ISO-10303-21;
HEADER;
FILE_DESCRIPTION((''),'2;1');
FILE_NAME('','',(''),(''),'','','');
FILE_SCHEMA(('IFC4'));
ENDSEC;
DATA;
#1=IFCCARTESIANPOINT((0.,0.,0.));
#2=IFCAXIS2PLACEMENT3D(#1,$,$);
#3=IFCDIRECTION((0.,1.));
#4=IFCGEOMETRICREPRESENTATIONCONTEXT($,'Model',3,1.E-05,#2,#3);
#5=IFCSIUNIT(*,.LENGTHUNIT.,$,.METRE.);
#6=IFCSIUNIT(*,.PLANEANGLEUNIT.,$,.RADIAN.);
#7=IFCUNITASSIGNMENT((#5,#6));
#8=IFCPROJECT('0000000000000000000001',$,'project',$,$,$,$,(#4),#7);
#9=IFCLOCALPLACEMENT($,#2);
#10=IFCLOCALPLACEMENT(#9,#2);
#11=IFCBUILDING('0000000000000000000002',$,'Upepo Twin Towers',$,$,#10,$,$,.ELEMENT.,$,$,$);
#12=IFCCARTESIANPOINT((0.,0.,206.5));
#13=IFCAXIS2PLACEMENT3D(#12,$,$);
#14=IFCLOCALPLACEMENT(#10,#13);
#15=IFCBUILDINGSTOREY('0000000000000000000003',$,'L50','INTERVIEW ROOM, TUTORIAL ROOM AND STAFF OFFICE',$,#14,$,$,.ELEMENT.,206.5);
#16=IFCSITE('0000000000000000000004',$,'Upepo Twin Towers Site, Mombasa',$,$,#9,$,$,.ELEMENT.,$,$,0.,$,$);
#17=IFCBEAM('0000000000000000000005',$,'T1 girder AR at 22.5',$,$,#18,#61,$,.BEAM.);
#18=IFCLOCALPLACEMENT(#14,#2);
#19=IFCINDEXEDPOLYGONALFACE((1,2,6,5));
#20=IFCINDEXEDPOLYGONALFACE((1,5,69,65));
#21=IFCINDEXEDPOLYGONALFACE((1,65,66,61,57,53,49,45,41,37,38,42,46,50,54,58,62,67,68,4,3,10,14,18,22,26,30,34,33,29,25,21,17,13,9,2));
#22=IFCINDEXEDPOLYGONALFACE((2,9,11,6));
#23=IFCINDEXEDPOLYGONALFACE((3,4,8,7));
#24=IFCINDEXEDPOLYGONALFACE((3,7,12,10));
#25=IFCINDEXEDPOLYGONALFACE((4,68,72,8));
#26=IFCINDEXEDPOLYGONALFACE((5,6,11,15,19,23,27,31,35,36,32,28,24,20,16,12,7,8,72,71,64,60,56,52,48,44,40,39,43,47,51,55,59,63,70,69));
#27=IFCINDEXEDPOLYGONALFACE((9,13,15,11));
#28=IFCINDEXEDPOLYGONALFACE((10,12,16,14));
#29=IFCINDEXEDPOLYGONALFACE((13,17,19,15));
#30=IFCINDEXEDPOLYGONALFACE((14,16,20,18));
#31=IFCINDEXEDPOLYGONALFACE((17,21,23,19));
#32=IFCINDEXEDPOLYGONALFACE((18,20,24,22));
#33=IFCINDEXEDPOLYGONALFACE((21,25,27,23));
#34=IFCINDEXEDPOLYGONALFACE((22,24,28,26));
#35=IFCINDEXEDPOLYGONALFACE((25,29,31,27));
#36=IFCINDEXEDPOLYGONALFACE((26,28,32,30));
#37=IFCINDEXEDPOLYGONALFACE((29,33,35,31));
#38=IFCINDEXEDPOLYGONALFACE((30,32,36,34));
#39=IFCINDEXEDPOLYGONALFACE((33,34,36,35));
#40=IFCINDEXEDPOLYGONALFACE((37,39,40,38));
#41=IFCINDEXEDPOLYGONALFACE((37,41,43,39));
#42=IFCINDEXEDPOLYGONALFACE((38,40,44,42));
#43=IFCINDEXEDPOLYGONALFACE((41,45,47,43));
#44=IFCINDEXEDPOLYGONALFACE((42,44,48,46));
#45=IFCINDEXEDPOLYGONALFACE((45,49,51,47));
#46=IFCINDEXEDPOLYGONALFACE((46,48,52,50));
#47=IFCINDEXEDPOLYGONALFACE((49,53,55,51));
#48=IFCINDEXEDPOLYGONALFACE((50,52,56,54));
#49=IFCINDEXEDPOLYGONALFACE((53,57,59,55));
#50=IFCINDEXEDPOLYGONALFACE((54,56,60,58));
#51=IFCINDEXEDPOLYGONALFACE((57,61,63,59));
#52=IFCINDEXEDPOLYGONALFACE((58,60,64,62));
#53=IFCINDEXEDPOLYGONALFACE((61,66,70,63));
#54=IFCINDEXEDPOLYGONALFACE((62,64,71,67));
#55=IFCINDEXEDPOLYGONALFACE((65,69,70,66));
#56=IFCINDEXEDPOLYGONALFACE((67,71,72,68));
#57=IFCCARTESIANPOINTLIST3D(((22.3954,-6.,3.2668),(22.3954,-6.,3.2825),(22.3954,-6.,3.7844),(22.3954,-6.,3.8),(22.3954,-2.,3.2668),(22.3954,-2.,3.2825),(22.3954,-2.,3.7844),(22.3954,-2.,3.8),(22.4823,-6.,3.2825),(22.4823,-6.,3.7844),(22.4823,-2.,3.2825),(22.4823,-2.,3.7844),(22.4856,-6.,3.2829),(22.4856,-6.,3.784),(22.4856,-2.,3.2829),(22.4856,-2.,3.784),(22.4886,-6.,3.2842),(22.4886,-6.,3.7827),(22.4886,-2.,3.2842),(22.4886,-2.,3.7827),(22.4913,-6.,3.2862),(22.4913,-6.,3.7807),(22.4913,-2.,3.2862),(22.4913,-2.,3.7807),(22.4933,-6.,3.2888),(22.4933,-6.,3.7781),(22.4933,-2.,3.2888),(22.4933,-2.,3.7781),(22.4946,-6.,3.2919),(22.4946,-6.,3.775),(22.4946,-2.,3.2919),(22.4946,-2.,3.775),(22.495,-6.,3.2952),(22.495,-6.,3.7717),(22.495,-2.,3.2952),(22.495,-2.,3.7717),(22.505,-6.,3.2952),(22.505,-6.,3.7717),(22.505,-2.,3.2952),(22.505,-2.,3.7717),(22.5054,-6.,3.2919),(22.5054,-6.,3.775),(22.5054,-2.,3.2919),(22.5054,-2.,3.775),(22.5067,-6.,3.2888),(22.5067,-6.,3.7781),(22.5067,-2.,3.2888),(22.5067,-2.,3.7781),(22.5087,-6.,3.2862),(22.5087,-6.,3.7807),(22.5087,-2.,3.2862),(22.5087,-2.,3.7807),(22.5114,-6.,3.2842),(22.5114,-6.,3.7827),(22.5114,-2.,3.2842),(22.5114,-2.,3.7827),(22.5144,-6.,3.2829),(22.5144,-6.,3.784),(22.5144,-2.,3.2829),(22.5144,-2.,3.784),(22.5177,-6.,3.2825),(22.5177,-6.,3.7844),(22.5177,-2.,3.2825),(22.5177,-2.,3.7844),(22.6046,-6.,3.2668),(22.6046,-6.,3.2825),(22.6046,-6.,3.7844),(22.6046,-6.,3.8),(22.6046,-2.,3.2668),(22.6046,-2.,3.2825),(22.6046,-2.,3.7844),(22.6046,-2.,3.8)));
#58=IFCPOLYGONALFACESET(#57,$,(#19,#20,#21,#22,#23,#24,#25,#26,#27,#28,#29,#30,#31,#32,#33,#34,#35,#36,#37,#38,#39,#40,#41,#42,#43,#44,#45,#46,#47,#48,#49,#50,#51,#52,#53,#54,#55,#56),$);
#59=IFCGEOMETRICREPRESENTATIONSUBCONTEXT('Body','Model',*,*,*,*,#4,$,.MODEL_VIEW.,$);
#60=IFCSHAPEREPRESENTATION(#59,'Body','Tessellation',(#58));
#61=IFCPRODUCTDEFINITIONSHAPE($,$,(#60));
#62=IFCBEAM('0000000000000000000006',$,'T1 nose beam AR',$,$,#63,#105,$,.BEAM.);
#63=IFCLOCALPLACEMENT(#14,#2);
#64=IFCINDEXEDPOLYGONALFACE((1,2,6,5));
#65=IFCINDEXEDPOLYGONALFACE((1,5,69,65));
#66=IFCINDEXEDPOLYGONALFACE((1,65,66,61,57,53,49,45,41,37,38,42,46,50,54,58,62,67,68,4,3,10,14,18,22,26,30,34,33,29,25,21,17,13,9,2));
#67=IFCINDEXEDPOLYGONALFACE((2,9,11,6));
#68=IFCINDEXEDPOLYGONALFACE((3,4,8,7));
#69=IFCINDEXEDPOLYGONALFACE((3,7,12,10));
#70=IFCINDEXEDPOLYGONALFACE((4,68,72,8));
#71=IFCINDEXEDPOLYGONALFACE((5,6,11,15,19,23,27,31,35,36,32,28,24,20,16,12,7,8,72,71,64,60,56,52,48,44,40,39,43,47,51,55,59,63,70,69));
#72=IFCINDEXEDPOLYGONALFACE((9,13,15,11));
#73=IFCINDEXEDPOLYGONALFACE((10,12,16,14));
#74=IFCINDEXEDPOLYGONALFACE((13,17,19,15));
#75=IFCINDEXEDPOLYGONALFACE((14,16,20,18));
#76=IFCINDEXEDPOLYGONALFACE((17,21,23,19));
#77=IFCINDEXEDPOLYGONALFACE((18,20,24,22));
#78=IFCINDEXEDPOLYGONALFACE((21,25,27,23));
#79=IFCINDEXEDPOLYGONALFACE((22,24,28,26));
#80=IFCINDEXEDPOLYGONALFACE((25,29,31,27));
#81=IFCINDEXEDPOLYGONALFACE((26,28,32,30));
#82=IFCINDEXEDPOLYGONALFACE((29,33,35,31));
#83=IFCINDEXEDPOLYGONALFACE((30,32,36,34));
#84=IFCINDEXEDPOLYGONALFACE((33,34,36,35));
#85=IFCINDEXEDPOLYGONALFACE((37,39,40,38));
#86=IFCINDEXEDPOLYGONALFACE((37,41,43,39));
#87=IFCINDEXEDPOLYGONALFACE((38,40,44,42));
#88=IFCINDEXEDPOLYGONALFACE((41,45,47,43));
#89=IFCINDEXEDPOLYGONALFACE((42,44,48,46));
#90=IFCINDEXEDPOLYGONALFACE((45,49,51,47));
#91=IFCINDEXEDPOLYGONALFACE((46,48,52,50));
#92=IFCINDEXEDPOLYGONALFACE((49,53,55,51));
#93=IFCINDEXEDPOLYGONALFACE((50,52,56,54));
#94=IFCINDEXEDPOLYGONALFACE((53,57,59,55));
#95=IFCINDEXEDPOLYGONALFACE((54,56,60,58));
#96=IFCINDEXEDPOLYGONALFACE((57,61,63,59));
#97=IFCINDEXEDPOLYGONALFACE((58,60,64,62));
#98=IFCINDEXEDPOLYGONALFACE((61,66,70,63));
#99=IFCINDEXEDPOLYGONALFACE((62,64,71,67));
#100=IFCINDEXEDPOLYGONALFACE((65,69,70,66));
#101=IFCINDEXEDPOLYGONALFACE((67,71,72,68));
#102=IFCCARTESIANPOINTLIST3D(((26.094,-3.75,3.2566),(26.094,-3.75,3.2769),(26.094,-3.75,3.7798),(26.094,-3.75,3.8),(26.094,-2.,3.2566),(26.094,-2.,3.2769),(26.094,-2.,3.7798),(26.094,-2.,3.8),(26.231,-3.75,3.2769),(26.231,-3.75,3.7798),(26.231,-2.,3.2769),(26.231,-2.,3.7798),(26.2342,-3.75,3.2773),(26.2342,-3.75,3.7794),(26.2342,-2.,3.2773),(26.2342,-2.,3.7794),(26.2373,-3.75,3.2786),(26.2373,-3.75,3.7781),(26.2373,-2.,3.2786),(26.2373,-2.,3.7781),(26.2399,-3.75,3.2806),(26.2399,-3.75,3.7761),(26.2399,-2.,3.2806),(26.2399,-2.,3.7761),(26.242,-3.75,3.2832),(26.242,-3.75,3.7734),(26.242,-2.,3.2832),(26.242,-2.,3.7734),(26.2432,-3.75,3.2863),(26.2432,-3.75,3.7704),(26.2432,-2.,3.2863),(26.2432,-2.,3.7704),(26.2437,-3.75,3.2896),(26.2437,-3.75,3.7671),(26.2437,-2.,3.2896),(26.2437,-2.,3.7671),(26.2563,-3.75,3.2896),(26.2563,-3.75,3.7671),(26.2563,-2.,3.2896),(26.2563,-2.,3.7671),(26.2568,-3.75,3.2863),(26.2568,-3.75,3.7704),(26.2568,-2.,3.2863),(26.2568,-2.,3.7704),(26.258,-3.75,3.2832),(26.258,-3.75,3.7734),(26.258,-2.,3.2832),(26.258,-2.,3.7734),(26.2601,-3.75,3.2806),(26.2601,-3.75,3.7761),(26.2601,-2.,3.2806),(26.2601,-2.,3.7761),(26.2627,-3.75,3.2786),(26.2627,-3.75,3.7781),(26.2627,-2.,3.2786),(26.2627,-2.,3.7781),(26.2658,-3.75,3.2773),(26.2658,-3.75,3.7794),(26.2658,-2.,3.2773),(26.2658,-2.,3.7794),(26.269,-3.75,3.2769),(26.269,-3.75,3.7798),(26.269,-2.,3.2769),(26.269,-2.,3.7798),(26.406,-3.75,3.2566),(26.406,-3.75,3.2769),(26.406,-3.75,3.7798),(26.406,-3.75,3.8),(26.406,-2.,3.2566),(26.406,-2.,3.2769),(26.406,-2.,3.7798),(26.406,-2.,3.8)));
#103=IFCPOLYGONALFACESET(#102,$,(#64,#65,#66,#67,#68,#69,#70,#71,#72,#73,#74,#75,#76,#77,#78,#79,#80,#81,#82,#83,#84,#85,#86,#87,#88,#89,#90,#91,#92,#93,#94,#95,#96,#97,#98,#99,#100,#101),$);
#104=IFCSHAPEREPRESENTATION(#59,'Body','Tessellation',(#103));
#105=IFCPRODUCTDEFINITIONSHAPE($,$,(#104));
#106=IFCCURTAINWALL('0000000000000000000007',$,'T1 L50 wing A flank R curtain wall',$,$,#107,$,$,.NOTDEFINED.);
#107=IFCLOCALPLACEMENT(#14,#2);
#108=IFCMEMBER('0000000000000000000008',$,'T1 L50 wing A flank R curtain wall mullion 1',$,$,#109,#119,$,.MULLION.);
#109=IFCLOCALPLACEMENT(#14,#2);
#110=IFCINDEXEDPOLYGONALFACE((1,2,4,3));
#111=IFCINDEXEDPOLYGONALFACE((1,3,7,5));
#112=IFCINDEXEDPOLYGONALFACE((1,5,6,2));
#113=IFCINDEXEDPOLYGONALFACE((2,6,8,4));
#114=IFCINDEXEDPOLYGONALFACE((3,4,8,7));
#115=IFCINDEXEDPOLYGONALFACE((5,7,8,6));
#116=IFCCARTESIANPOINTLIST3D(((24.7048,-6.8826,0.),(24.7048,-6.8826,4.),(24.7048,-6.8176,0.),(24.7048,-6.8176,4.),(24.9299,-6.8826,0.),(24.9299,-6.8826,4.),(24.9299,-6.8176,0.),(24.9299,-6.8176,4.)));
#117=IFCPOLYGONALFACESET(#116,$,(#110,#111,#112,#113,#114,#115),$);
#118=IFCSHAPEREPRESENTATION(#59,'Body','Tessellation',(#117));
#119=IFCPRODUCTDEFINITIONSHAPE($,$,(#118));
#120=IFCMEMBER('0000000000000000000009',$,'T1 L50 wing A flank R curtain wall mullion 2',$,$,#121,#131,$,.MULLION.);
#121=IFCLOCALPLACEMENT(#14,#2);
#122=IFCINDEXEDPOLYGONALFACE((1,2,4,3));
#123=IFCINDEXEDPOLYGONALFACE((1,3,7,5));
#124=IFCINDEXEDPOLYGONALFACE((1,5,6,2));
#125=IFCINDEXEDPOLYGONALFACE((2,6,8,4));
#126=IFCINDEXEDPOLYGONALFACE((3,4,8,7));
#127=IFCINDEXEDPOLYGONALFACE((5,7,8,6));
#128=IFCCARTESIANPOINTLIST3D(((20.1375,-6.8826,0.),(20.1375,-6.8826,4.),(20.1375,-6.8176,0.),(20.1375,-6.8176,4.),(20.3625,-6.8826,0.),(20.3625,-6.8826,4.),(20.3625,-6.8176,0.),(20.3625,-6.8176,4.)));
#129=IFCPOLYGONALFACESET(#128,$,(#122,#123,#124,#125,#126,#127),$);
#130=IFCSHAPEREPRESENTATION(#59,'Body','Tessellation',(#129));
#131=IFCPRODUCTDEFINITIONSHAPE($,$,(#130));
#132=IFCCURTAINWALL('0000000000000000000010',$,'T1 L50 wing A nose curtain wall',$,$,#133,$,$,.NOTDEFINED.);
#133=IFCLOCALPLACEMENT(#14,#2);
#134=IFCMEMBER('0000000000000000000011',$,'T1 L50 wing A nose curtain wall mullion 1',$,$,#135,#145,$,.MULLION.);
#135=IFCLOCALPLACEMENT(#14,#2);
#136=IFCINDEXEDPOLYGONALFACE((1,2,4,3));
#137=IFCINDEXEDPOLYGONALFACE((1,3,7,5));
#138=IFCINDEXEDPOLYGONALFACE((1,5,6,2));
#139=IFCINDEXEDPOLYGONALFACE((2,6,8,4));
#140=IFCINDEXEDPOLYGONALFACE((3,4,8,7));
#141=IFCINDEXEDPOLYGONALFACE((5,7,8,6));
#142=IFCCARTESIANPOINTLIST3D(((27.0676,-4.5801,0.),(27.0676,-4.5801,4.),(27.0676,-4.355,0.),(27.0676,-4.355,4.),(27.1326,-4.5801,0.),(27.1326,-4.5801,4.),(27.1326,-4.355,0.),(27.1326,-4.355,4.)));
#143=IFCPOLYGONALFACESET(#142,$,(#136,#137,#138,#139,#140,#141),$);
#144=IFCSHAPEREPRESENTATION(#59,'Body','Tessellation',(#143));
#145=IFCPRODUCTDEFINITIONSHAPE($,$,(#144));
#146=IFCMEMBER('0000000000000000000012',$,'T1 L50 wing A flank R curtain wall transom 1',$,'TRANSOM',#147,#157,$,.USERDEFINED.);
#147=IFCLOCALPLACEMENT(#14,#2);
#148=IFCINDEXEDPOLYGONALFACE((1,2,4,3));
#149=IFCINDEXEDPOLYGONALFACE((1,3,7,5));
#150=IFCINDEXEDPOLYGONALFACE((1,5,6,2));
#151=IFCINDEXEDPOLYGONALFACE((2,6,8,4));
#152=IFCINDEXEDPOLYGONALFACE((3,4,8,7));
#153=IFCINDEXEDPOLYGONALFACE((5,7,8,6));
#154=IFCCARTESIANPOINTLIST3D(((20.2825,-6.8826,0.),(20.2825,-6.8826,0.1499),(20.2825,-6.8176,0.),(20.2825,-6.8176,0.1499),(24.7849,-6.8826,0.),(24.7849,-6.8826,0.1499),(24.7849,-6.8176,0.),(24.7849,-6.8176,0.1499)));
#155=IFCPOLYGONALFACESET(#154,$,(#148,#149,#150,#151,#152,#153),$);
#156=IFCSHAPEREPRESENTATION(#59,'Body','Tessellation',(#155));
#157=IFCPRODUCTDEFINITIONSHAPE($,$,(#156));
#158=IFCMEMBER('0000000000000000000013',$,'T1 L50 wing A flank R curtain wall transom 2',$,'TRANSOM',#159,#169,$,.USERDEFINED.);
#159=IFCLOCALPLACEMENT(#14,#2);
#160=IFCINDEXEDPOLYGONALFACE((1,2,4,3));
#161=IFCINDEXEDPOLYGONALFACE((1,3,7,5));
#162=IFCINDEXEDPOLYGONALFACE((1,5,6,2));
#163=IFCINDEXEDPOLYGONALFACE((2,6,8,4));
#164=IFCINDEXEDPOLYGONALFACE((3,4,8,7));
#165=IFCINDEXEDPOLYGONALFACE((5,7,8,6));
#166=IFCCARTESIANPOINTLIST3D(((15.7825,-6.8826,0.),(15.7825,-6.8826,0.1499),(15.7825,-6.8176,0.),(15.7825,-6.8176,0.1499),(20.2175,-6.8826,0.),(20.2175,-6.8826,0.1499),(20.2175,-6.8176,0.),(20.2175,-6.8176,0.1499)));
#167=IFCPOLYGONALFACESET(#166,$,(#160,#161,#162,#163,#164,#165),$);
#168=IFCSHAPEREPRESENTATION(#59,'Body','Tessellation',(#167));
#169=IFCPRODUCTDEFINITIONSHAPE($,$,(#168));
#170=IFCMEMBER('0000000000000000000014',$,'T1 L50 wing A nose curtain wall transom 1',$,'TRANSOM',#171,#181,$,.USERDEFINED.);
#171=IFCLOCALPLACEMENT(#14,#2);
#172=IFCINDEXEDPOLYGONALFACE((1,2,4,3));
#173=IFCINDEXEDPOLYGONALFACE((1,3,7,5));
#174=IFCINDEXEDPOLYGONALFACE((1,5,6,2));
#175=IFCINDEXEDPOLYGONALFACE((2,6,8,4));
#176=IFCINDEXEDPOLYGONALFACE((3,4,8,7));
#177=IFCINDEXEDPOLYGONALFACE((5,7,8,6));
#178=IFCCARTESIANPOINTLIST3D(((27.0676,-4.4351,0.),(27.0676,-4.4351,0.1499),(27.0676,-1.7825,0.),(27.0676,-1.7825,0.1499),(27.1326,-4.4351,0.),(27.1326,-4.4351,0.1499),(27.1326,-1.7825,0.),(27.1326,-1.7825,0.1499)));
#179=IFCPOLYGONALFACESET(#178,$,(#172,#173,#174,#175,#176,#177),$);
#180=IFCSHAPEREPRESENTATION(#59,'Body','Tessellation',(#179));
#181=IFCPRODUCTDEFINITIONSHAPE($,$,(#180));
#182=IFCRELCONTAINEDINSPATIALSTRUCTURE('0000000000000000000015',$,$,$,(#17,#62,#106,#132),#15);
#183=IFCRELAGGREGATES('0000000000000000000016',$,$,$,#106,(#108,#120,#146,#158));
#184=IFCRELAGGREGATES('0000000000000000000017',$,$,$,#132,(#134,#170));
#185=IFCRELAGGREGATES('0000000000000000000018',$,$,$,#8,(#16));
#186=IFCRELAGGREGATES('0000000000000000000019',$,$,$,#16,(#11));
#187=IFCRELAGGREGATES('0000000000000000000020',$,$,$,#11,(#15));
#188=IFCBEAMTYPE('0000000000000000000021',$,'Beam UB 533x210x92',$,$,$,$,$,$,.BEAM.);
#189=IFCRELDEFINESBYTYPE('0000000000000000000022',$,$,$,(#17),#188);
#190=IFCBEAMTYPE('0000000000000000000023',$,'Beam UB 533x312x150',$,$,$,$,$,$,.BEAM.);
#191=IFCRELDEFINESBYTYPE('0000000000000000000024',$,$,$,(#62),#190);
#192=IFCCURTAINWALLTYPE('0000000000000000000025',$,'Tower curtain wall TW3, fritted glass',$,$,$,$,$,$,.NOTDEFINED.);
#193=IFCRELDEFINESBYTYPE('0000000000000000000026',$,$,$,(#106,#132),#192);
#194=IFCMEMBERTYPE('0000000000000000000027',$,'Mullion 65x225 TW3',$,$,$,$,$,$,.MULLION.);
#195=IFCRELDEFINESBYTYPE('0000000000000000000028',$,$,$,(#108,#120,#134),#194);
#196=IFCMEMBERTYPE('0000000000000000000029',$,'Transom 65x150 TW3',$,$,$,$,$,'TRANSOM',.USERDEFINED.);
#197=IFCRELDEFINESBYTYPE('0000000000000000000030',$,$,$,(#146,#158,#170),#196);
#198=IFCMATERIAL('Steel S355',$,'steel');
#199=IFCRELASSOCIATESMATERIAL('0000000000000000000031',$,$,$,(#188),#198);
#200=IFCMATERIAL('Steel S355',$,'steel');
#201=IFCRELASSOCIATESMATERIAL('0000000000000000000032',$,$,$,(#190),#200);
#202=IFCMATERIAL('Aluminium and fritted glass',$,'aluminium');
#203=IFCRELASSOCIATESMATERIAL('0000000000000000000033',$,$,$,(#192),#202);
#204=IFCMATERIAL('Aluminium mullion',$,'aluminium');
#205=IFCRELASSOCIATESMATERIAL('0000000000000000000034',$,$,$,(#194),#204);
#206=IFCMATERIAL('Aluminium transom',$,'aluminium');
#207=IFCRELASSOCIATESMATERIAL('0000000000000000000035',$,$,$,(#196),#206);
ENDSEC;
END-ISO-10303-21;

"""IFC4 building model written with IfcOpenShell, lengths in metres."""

from ifc_helpers import new_model, si_unit, direction, frame, origin, origin_2d, place, context, subcontext, project, spatial, rectangle, i_section, extrude, material, material_profile, profile_set, type_object, element, aggregate, save


model = new_model("IFC4")

# Units and contexts
model_context = context("Model", 3, precision=1e-05, world=origin(), true_north=direction((0.0, 1.0)))
body_context = subcontext(model_context, "Body", "Model", "MODEL_VIEW")
ifc_project = project(units=[si_unit("LENGTHUNIT", "METRE"), si_unit("PLANEANGLEUNIT", "RADIAN")], contexts=[model_context])

# Site, building, storey
site_placement = place(None, origin())
site = spatial("IfcSite", under=ifc_project, at=site_placement, Name="Upepo Twin Towers Site, Mombasa", CompositionType="ELEMENT", RefElevation=0.0)
building_placement = place(site_placement, origin())
building = spatial("IfcBuilding", under=site, at=building_placement, Name="Upepo Twin Towers", CompositionType="ELEMENT")
storey_placement = place(building_placement, frame((0.0, 0.0, 206.5)))
storey = spatial("IfcBuildingStorey", under=building, at=storey_placement, Name="L50", Description="INTERVIEW ROOM, TUTORIAL ROOM AND STAFF OFFICE", CompositionType="ELEMENT", Elevation=206.5)

# Beams
ifc_material_1 = material(Name="Steel S355", Category="steel")
ifc_material_profile_1 = material_profile(ifc_material_1, i_section(OverallWidth=0.2092, OverallDepth=0.5332, WebThickness=0.01, FlangeThickness=0.0156, FilletRadius=0.0127, at=origin_2d()), Name="UB 533x210x92")
ifc_profile_set_1 = profile_set([ifc_material_profile_1], Name="Steel S355")
beam_type_1 = type_object("IfcBeamType", Name="Beam UB 533x210x92", PredefinedType="BEAM", material=ifc_profile_set_1)
for number, where, z_axis, x_axis, name in (
    (1, (22.5, -6.0, 3.5334), (0.0, 1.0, 0.0), (-1.0, 0.0, 0.0), "T1 girder AR at 22.5"),
):
    element("IfcBeam", number, at=place(storey_placement, frame(where, z_axis=z_axis, x_axis=x_axis)), inside=storey, type_object=beam_type_1, Name=name, PredefinedType="BEAM", context=body_context, shape_type="SweptSolid", body=[
        extrude(i_section(OverallWidth=0.2092, OverallDepth=0.5332, WebThickness=0.01, FlangeThickness=0.0156, FilletRadius=0.0127, at=origin_2d()), origin(), (0.0, 0.0, 1.0), 4.0),
    ])
ifc_material_2 = material(Name="Steel S355", Category="steel")
ifc_material_profile_2 = material_profile(ifc_material_2, i_section(OverallWidth=0.312, OverallDepth=0.5435, WebThickness=0.0127, FlangeThickness=0.0203, FilletRadius=0.0127, at=origin_2d()), Name="UB 533x312x150")
ifc_profile_set_2 = profile_set([ifc_material_profile_2], Name="Steel S355")
beam_type_2 = type_object("IfcBeamType", Name="Beam UB 533x312x150", PredefinedType="BEAM", material=ifc_profile_set_2)
beam_1_placement = place(storey_placement, frame((26.25, -3.75, 3.5283), z_axis=(0.0, 1.0, 0.0), x_axis=(-1.0, 0.0, 0.0)))
element("IfcBeam", 2, at=beam_1_placement, inside=storey, type_object=beam_type_2, Name="T1 nose beam AR", PredefinedType="BEAM", context=body_context, shape_type="SweptSolid", body=[
    extrude(i_section(OverallWidth=0.312, OverallDepth=0.5435, WebThickness=0.0127, FlangeThickness=0.0203, FilletRadius=0.0127, at=origin_2d()), origin(), (0.0, 0.0, 1.0), 1.75),
])

# Curtain wall, members
ifc_material_3 = material(Name="Aluminium and fritted glass", Category="aluminium")
curtain_wall_type = type_object("IfcCurtainWallType", Name="Tower curtain wall TW3, fritted glass", PredefinedType="NOTDEFINED", material=ifc_material_3)
curtain_wall_1_placement = place(storey_placement, origin())
curtain_wall_1 = element("IfcCurtainWall", 3, at=curtain_wall_1_placement, inside=storey, type_object=curtain_wall_type, Name="T1 L50 wing A flank R curtain wall", PredefinedType="NOTDEFINED")
ifc_material_4 = material(Name="Aluminium mullion", Category="aluminium")
ifc_material_profile_3 = material_profile(ifc_material_4, rectangle(XDim=0.0649, YDim=0.2251, at=origin_2d()), Name="MULLION 65x225")
ifc_profile_set_3 = profile_set([ifc_material_profile_3], Name="Aluminium mullion")
member_type_1 = type_object("IfcMemberType", Name="Mullion 65x225 TW3", PredefinedType="MULLION", material=ifc_profile_set_3)
member_1_placement = place(storey_placement, frame((24.8174, -6.8501, 0.0), z_axis=(0.0, 0.0, 1.0), x_axis=(0.0, -1.0, 0.0)))
member_1 = element("IfcMember", 4, at=member_1_placement, type_object=member_type_1, Name="T1 L50 wing A flank R curtain wall mullion 1", PredefinedType="MULLION", context=body_context, shape_type="SweptSolid", body=[
    extrude(rectangle(XDim=0.0649, YDim=0.2251, at=origin_2d()), origin(), (0.0, 0.0, 1.0), 4.0),
])
member_2_placement = place(storey_placement, frame((20.25, -6.8501, 0.0), z_axis=(0.0, 0.0, 1.0), x_axis=(0.0, -1.0, 0.0)))
member_2 = element("IfcMember", 5, at=member_2_placement, type_object=member_type_1, Name="T1 L50 wing A flank R curtain wall mullion 2", PredefinedType="MULLION", context=body_context, shape_type="SweptSolid", body=[
    extrude(rectangle(XDim=0.0649, YDim=0.2251, at=origin_2d()), origin(), (0.0, 0.0, 1.0), 4.0),
])

# Curtain wall, member
curtain_wall_2_placement = place(storey_placement, origin())
curtain_wall_2 = element("IfcCurtainWall", 6, at=curtain_wall_2_placement, inside=storey, type_object=curtain_wall_type, Name="T1 L50 wing A nose curtain wall", PredefinedType="NOTDEFINED")
member_3_placement = place(storey_placement, frame((27.1001, -4.4675, 0.0), z_axis=(0.0, 0.0, 1.0), x_axis=(-1.0, 0.0, 0.0)))
member_3 = element("IfcMember", 7, at=member_3_placement, type_object=member_type_1, Name="T1 L50 wing A nose curtain wall mullion 1", PredefinedType="MULLION", context=body_context, shape_type="SweptSolid", body=[
    extrude(rectangle(XDim=0.0649, YDim=0.2251, at=origin_2d()), origin(), (0.0, 0.0, 1.0), 4.0),
])

# Members
ifc_material_5 = material(Name="Aluminium transom", Category="aluminium")
ifc_material_profile_4 = material_profile(ifc_material_5, rectangle(XDim=0.0649, YDim=0.1499, at=origin_2d()), Name="TRANSOM 65x150")
ifc_profile_set_4 = profile_set([ifc_material_profile_4], Name="Aluminium transom")
member_type_2 = type_object("IfcMemberType", Name="Transom 65x150 TW3", ElementType="TRANSOM", PredefinedType="USERDEFINED", material=ifc_profile_set_4)
member_4_placement = place(storey_placement, frame((24.7849, -6.8501, 0.075), z_axis=(-1.0, 0.0, 0.0), x_axis=(0.0, -1.0, 0.0)))
member_4 = element("IfcMember", 8, at=member_4_placement, type_object=member_type_2, Name="T1 L50 wing A flank R curtain wall transom 1", ObjectType="TRANSOM", PredefinedType="USERDEFINED", context=body_context, shape_type="SweptSolid", body=[
    extrude(rectangle(XDim=0.0649, YDim=0.1499, at=origin_2d()), origin(), (0.0, 0.0, 1.0), 4.5024),
])
member_5_placement = place(storey_placement, frame((20.2175, -6.8501, 0.075), z_axis=(-1.0, 0.0, 0.0), x_axis=(0.0, -1.0, 0.0)))
member_5 = element("IfcMember", 9, at=member_5_placement, type_object=member_type_2, Name="T1 L50 wing A flank R curtain wall transom 2", ObjectType="TRANSOM", PredefinedType="USERDEFINED", context=body_context, shape_type="SweptSolid", body=[
    extrude(rectangle(XDim=0.0649, YDim=0.1499, at=origin_2d()), origin(), (0.0, 0.0, 1.0), 4.4351),
])
member_6_placement = place(storey_placement, frame((27.1001, -4.4351, 0.075), z_axis=(0.0, 1.0, 0.0), x_axis=(-1.0, 0.0, 0.0)))
member_6 = element("IfcMember", 10, at=member_6_placement, type_object=member_type_2, Name="T1 L50 wing A nose curtain wall transom 1", ObjectType="TRANSOM", PredefinedType="USERDEFINED", context=body_context, shape_type="SweptSolid", body=[
    extrude(rectangle(XDim=0.0649, YDim=0.1499, at=origin_2d()), origin(), (0.0, 0.0, 1.0), 2.6526),
])

aggregate(curtain_wall_1, [member_1, member_2, member_4, member_5])
aggregate(curtain_wall_2, [member_3, member_6])

save(model, "model.ifc")
